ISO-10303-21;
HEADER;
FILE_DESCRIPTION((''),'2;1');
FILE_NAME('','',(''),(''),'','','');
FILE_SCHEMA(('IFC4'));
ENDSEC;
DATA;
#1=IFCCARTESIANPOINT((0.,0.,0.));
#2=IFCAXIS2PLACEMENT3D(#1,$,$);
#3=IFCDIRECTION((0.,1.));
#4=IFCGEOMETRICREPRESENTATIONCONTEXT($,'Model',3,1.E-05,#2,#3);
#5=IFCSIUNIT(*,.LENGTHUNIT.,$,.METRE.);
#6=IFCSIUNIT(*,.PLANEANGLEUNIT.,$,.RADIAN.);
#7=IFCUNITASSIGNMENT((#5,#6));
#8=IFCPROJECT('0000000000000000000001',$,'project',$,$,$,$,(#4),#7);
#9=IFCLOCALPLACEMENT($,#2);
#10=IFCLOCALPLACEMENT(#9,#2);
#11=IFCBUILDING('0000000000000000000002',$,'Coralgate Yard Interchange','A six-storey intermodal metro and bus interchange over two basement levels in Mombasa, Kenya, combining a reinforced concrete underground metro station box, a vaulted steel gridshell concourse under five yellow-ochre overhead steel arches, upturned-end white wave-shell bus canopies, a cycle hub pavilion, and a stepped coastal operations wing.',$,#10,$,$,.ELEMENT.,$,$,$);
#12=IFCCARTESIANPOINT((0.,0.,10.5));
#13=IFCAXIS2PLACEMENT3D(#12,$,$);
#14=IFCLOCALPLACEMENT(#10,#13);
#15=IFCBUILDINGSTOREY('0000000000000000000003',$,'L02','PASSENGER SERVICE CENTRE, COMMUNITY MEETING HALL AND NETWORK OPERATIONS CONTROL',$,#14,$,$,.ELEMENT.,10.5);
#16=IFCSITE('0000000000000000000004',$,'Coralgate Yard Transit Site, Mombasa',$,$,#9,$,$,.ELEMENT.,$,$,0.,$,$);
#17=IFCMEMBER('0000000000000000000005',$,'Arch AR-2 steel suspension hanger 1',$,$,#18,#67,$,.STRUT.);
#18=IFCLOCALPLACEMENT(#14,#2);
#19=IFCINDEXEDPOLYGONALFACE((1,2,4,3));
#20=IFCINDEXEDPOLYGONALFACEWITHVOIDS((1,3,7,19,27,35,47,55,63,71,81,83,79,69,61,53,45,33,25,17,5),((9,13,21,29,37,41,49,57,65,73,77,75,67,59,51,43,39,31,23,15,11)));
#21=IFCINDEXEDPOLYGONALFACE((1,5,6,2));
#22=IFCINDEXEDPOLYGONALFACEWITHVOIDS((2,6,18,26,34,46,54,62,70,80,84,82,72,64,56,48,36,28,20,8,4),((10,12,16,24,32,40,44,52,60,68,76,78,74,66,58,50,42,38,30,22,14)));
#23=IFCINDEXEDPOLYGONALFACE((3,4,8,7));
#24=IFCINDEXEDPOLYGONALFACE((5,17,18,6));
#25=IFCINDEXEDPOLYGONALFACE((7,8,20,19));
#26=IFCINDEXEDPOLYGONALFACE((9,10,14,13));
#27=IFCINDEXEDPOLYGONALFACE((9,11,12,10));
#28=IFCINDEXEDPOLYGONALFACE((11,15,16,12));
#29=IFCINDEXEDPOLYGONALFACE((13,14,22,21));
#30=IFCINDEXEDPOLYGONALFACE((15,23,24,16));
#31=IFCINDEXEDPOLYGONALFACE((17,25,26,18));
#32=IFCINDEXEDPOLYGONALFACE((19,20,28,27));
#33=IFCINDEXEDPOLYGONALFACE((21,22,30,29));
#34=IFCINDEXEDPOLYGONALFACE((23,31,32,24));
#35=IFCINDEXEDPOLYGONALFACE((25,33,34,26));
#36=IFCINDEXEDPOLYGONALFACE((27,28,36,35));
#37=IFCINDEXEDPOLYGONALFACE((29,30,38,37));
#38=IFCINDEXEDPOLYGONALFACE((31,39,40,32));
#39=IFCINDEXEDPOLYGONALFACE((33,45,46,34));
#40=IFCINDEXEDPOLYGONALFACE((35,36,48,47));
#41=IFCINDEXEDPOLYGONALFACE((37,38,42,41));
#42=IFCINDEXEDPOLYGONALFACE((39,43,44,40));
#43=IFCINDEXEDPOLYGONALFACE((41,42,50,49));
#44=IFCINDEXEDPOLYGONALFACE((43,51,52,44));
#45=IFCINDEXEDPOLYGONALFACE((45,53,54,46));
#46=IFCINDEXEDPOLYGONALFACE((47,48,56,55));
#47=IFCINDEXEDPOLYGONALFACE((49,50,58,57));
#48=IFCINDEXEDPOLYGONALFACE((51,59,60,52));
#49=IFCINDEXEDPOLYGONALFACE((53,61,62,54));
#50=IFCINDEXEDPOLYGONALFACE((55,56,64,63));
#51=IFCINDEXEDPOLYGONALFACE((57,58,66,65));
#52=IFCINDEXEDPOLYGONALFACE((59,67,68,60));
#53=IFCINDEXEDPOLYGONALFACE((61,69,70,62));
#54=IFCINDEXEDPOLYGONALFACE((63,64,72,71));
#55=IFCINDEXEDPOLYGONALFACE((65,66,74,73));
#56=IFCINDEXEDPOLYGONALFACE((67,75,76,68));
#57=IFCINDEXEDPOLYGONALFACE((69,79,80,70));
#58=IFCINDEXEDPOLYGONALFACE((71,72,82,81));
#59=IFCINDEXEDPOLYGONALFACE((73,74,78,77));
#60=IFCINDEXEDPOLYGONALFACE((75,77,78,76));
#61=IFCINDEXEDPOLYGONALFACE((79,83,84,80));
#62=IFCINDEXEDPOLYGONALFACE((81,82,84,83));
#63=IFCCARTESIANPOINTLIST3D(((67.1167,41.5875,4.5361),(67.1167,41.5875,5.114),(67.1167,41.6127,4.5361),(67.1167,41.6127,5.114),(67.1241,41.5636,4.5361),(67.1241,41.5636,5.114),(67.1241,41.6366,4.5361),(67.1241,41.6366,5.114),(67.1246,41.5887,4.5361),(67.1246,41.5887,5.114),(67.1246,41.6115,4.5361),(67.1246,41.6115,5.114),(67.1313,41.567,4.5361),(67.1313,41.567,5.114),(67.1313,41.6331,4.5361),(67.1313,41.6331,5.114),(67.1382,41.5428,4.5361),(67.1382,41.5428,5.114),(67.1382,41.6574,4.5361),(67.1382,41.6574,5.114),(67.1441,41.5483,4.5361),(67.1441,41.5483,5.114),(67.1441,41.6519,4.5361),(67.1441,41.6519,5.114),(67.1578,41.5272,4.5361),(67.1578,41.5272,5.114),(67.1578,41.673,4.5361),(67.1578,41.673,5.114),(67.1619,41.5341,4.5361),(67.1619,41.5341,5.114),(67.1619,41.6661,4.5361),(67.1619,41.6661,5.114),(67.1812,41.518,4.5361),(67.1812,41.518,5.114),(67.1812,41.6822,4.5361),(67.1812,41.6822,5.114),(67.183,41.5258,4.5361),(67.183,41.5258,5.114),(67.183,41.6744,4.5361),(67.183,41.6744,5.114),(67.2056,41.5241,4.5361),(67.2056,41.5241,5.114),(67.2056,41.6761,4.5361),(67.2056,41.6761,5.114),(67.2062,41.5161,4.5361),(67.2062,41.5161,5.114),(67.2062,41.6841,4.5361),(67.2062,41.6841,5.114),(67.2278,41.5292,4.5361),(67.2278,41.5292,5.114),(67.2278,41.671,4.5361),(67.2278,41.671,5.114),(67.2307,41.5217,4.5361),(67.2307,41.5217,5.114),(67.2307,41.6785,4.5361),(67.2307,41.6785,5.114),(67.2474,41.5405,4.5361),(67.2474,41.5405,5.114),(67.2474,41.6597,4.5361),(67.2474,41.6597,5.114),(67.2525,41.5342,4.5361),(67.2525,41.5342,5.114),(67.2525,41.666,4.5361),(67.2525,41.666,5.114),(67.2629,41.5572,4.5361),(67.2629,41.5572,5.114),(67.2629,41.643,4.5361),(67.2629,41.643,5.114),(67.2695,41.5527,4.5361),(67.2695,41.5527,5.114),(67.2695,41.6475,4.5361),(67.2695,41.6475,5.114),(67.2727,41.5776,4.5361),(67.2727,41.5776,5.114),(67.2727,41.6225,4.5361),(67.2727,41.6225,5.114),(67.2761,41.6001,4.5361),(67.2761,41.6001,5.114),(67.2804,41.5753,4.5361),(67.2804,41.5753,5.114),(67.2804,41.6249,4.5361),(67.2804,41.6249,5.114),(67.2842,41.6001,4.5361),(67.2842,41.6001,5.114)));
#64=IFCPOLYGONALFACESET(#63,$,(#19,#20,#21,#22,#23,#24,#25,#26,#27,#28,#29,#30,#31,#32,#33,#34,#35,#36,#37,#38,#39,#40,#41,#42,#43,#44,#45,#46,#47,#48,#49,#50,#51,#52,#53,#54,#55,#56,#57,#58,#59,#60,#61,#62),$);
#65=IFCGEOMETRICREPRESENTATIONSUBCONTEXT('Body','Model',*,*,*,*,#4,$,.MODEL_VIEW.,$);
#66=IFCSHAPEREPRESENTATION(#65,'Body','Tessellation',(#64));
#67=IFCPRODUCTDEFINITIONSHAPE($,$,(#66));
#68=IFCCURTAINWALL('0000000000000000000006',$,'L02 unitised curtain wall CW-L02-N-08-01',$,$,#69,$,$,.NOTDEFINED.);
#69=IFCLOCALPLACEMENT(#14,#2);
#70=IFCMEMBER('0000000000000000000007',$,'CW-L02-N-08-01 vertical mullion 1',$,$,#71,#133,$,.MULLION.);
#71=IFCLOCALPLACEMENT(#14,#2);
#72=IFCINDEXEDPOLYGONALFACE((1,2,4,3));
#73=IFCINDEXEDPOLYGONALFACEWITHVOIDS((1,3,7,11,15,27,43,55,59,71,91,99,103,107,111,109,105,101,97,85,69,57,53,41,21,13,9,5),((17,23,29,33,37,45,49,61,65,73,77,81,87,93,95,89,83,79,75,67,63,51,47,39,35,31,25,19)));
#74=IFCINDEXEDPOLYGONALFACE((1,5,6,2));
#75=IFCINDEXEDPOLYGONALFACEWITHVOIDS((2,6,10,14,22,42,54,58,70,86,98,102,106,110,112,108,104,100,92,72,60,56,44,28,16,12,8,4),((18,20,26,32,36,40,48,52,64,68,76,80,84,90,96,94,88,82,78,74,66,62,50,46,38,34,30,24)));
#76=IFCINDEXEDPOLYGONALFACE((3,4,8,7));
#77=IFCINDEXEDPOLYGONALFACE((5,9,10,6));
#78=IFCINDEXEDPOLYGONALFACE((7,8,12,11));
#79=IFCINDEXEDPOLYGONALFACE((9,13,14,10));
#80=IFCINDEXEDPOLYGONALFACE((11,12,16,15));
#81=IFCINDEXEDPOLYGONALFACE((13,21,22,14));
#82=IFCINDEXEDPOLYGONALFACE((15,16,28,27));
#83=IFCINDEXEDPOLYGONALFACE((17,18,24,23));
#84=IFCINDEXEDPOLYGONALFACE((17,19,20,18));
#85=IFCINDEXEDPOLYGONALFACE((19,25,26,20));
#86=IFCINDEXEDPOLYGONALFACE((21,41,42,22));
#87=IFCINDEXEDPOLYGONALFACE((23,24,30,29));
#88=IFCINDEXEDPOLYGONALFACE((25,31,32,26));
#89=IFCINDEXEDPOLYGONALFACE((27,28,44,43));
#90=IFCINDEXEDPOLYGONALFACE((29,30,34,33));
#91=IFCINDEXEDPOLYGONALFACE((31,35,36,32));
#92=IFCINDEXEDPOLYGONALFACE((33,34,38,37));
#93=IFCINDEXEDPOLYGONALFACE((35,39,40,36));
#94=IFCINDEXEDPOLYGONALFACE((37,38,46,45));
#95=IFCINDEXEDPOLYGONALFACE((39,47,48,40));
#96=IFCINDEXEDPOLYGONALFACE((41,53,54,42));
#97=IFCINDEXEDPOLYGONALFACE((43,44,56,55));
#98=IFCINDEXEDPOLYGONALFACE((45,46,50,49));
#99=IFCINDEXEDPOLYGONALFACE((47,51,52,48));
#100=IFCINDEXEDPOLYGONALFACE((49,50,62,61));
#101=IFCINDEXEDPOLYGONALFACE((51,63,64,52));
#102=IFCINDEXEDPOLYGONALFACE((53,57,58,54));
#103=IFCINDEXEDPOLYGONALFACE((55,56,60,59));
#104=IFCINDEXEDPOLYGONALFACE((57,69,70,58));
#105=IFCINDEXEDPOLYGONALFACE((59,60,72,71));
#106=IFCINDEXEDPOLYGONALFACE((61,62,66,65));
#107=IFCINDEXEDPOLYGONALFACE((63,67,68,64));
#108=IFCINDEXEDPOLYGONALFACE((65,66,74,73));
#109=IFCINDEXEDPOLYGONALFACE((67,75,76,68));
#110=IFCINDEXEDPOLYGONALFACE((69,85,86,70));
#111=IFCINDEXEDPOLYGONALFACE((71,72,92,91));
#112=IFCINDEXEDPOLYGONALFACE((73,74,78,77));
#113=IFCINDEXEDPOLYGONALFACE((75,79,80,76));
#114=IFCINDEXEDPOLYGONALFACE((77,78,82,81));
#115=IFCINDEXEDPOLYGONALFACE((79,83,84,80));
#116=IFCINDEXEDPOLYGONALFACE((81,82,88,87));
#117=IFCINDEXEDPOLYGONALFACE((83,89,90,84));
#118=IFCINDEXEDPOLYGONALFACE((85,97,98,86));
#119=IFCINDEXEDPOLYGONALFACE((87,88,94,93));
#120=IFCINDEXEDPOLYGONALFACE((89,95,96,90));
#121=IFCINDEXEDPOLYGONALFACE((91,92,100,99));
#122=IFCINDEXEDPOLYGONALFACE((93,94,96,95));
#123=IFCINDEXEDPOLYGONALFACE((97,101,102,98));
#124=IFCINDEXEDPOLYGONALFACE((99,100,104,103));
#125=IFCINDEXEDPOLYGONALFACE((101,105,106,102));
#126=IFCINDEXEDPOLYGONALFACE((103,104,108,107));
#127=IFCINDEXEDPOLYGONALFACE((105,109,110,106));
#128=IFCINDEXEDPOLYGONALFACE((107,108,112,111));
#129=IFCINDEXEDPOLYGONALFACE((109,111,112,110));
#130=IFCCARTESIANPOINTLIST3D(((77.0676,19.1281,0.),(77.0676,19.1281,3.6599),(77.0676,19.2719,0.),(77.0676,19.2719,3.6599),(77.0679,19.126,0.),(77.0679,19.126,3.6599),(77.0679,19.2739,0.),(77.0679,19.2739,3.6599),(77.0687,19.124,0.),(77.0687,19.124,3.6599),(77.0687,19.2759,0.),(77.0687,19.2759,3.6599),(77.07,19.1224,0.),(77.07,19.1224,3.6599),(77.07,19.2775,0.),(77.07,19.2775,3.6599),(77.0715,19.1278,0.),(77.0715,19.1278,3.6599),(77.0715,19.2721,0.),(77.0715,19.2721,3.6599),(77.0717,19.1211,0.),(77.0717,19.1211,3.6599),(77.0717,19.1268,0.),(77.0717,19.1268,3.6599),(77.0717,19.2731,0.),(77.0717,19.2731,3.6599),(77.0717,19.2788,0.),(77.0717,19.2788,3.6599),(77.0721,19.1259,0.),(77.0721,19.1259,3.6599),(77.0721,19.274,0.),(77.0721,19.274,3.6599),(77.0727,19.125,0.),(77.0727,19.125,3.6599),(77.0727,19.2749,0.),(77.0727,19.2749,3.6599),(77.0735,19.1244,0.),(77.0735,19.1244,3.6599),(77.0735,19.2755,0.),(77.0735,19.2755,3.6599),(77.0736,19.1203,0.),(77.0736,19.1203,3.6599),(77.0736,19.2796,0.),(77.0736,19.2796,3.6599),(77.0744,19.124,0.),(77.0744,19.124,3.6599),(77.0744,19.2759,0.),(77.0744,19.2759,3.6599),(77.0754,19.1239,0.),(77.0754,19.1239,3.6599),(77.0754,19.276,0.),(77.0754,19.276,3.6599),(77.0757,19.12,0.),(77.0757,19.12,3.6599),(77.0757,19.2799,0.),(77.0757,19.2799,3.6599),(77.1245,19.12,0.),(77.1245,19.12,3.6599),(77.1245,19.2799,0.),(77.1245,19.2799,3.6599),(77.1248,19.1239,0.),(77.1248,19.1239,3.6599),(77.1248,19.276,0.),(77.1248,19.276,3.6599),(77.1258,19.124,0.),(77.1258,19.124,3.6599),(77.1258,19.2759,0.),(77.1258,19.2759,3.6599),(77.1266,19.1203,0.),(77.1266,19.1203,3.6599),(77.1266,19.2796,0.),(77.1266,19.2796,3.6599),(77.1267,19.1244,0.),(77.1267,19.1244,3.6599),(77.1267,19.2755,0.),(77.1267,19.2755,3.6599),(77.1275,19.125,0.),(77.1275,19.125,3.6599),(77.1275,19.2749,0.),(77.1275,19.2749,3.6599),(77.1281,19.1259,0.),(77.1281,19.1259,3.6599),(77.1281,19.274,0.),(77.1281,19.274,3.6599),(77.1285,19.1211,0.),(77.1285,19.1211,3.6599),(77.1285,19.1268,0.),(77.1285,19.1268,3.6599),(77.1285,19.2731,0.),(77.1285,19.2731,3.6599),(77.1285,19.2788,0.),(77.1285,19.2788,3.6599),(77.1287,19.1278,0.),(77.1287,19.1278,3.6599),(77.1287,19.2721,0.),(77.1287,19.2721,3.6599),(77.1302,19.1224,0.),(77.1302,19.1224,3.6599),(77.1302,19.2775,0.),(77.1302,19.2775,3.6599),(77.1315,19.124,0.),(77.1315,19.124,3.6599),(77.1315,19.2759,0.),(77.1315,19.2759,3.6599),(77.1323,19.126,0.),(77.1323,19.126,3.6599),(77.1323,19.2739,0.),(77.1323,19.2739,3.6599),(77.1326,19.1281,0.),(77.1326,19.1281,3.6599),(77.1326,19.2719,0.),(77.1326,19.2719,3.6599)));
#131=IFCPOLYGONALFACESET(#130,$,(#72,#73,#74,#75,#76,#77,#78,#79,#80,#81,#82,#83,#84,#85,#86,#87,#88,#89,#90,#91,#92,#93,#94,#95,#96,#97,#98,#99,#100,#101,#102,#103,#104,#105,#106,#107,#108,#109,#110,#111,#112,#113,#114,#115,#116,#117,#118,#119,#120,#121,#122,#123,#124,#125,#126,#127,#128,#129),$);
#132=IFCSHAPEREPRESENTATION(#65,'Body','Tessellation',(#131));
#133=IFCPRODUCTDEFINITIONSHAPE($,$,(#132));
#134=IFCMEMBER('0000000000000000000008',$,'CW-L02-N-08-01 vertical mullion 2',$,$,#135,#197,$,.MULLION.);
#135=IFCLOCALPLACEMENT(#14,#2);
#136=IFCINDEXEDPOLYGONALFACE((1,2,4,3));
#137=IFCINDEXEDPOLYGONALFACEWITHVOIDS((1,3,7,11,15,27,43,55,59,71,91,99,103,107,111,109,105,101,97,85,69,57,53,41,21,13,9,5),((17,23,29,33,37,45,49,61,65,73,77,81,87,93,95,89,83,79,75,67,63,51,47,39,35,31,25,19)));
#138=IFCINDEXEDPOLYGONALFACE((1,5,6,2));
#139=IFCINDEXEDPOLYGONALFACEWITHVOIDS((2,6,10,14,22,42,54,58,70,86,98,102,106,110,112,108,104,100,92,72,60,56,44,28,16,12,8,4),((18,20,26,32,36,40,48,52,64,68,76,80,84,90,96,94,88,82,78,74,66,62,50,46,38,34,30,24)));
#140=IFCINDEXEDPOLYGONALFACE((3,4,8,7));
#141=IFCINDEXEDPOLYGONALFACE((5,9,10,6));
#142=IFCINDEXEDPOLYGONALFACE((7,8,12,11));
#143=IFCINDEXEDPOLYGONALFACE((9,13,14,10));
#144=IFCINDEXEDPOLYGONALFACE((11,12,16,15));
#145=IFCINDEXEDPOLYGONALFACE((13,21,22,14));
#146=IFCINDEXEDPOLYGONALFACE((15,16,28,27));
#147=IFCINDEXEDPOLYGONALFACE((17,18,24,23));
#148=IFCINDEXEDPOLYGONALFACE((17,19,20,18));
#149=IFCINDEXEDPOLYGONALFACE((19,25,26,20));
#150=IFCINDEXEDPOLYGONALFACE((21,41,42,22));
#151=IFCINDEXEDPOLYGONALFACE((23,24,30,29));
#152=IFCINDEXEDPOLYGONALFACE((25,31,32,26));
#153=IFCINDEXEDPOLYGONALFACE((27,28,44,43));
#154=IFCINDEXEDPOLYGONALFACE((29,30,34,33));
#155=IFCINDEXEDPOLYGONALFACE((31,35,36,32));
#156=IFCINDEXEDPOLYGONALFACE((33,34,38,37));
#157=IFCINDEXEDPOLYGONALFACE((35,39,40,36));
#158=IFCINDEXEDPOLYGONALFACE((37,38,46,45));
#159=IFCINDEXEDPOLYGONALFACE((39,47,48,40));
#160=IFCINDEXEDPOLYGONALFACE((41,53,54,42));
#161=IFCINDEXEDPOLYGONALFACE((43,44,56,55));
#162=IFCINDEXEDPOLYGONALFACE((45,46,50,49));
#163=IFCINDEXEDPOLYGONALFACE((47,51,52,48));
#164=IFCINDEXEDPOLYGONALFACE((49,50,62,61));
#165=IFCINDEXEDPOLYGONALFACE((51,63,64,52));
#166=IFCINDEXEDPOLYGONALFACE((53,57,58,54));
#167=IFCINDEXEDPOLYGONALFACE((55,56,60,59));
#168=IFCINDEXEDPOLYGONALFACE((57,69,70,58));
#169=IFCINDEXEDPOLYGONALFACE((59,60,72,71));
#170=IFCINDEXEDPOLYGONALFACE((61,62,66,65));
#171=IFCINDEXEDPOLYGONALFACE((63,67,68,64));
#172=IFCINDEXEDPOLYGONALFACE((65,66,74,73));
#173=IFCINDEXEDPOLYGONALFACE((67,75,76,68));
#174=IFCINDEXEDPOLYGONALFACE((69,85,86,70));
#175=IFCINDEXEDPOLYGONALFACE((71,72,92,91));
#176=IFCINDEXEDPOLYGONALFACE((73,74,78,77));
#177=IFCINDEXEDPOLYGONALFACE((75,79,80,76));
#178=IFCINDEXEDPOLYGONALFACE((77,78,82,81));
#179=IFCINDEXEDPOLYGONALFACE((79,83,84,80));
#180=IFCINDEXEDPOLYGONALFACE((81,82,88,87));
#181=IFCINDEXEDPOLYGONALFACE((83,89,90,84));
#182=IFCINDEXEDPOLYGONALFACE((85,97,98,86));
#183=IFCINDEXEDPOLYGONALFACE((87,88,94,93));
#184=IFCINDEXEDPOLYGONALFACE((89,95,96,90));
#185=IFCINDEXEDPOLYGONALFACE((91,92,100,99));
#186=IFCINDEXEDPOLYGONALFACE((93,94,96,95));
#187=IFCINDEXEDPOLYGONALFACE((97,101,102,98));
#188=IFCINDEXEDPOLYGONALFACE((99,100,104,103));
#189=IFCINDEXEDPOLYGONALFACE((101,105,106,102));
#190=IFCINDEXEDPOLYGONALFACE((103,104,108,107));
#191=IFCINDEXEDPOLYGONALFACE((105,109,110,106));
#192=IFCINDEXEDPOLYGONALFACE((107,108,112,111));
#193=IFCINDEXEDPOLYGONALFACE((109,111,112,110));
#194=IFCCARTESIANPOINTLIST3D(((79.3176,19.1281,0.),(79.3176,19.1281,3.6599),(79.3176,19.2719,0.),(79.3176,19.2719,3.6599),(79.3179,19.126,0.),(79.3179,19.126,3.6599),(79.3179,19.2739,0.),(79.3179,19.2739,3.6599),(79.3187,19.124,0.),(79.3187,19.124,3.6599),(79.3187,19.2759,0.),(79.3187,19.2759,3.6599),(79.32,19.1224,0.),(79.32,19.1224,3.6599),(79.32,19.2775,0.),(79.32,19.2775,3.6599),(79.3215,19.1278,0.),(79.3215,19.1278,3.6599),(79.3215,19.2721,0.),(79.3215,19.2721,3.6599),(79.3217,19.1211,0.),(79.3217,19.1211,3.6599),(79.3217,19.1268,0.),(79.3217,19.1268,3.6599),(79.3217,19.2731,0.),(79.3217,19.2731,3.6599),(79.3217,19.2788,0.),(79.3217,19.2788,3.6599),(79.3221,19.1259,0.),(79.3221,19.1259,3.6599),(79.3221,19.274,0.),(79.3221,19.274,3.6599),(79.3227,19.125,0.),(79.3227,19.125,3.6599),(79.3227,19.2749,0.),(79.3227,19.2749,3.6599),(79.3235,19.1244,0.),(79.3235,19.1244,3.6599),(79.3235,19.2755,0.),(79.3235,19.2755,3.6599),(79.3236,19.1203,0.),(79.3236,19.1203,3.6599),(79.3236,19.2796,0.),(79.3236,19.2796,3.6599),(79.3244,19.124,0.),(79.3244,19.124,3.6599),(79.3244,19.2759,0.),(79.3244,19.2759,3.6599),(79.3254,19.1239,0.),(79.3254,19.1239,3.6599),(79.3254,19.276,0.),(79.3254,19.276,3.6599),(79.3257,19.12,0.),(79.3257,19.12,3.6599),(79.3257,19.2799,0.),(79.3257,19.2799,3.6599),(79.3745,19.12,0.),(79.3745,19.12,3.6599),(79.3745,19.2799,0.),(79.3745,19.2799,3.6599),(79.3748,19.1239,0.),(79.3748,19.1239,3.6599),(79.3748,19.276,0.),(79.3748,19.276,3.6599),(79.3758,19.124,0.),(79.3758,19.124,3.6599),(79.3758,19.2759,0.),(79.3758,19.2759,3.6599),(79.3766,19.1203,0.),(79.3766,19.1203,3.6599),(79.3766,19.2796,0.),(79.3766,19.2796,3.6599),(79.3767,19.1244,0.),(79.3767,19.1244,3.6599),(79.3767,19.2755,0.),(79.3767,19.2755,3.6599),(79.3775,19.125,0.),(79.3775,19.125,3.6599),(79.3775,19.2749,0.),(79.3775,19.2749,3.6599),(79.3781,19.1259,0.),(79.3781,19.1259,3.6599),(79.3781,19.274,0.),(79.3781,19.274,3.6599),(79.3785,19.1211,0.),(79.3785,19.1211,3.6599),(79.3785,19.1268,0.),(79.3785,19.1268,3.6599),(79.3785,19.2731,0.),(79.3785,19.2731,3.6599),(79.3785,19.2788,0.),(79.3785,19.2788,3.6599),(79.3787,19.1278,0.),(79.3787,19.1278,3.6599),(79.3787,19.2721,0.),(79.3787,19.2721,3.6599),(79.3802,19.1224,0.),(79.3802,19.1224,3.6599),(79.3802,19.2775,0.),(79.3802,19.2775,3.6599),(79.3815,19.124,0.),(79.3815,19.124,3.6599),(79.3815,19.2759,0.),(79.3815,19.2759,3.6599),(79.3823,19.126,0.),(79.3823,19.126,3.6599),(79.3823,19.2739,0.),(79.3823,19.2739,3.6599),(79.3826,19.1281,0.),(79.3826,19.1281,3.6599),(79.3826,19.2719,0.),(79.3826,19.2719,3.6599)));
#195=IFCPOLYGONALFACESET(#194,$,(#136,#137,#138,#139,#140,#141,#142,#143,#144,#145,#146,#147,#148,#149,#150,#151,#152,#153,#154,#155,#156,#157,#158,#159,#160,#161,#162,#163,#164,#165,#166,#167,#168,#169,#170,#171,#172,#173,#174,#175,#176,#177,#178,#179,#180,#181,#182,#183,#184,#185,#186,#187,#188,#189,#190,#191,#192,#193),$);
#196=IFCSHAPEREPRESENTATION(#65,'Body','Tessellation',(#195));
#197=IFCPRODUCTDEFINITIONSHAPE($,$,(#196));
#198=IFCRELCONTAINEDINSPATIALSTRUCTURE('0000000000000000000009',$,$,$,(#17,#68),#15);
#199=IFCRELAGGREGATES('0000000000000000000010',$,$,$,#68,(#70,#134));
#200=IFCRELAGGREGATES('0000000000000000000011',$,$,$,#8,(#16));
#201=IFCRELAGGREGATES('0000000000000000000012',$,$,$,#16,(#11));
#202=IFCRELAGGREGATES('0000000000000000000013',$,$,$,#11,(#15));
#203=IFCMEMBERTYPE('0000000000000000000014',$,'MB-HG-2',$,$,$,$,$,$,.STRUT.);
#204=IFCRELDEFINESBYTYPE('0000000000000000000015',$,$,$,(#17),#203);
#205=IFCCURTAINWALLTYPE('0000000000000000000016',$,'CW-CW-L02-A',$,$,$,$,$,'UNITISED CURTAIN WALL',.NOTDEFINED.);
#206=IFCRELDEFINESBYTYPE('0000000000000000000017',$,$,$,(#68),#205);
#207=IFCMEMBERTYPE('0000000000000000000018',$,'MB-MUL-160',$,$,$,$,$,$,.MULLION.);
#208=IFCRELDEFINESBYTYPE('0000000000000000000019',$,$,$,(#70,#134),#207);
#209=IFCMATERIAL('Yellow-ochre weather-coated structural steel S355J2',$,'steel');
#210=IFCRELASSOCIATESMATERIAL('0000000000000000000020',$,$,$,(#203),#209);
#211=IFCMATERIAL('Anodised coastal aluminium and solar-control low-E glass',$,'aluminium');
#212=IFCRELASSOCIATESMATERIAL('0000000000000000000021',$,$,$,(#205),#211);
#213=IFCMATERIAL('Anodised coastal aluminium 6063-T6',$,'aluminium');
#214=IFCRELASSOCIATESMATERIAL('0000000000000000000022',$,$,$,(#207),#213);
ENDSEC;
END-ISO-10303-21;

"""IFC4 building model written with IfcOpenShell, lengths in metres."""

from ifc_helpers import new_model, si_unit, direction, frame, origin, origin_2d, place, context, subcontext, project, spatial, hollow_rectangle, hollow_circle, extrude, material, material_profile, profile_set, type_object, element, aggregate, save


model = new_model("IFC4")

# Units and contexts
model_context = context("Model", 3, precision=1e-05, world=origin(), true_north=direction((0.0, 1.0)))
body_context = subcontext(model_context, "Body", "Model", "MODEL_VIEW")
ifc_project = project(units=[si_unit("LENGTHUNIT", "METRE"), si_unit("PLANEANGLEUNIT", "RADIAN")], contexts=[model_context])

# Site, building, storey
site_placement = place(None, origin())
site = spatial("IfcSite", under=ifc_project, at=site_placement, Name="Coralgate Yard Transit Site, Mombasa", CompositionType="ELEMENT", RefElevation=0.0)
building_placement = place(site_placement, origin())
building = spatial("IfcBuilding", under=site, at=building_placement, Name="Coralgate Yard Interchange", Description="A six-storey intermodal metro and bus interchange over two basement levels in Mombasa, Kenya, combining a reinforced concrete underground metro station box, a vaulted steel gridshell concourse under five yellow-ochre overhead steel arches, upturned-end white wave-shell bus canopies, a cycle hub pavilion, and a stepped coastal operations wing.", CompositionType="ELEMENT")
storey_placement = place(building_placement, frame((0.0, 0.0, 10.5)))
storey = spatial("IfcBuildingStorey", under=building, at=storey_placement, Name="L02", Description="PASSENGER SERVICE CENTRE, COMMUNITY MEETING HALL AND NETWORK OPERATIONS CONTROL", CompositionType="ELEMENT", Elevation=10.5)

# Shared definitions
ifc_material_1 = material(Name="Yellow-ochre weather-coated structural steel S355J2", Category="steel")

# Member
ifc_material_profile_1 = material_profile(ifc_material_1, hollow_circle(Radius=0.0842, WallThickness=0.0081, at=origin_2d()), Name="CHS 168.3x8")
ifc_profile_set_1 = profile_set([ifc_material_profile_1], Name="Yellow-ochre weather-coated structural steel S355J2")
member_type_1 = type_object("IfcMemberType", Name="MB-HG-2", PredefinedType="STRUT", material=ifc_profile_set_1)
member_1_placement = place(storey_placement, frame((67.2, 41.6001, 4.5361), z_axis=(0.0, 0.0, 1.0), x_axis=(1.0, 0.0, 0.0)))
element("IfcMember", 1, at=member_1_placement, inside=storey, type_object=member_type_1, Name="Arch AR-2 steel suspension hanger 1", PredefinedType="STRUT", context=body_context, shape_type="SweptSolid", body=[
    extrude(hollow_circle(Radius=0.0842, WallThickness=0.0081, at=origin_2d()), origin(), (0.0, 0.0, 1.0), 0.5779),
])

# Curtain wall, members
ifc_material_2 = material(Name="Anodised coastal aluminium and solar-control low-E glass", Category="aluminium")
curtain_wall_type = type_object("IfcCurtainWallType", Name="CW-CW-L02-A", ElementType="UNITISED CURTAIN WALL", PredefinedType="NOTDEFINED", material=ifc_material_2)
curtain_wall_placement = place(storey_placement, origin())
curtain_wall = element("IfcCurtainWall", 2, at=curtain_wall_placement, inside=storey, type_object=curtain_wall_type, Name="L02 unitised curtain wall CW-L02-N-08-01", PredefinedType="NOTDEFINED")
ifc_material_3 = material(Name="Anodised coastal aluminium 6063-T6", Category="aluminium")
ifc_material_profile_2 = material_profile(ifc_material_3, hollow_rectangle(XDim=0.0649, YDim=0.1599, WallThickness=0.0039, InnerFilletRadius=0.0039, OuterFilletRadius=0.0081, at=origin_2d()), Name="ALU 65x160x4")
ifc_profile_set_2 = profile_set([ifc_material_profile_2], Name="Anodised coastal aluminium 6063-T6")
member_type_2 = type_object("IfcMemberType", Name="MB-MUL-160", PredefinedType="MULLION", material=ifc_profile_set_2)
member_2_placement = place(storey_placement, frame((77.1001, 19.2, 0.0), z_axis=(0.0, 0.0, 1.0), x_axis=(1.0, 0.0, 0.0)))
member_2 = element("IfcMember", 3, at=member_2_placement, type_object=member_type_2, Name="CW-L02-N-08-01 vertical mullion 1", PredefinedType="MULLION", context=body_context, shape_type="SweptSolid", body=[
    extrude(hollow_rectangle(XDim=0.0649, YDim=0.1599, WallThickness=0.0039, InnerFilletRadius=0.0039, OuterFilletRadius=0.0081, at=origin_2d()), origin(), (0.0, 0.0, 1.0), 3.6599),
])
member_3_placement = place(storey_placement, frame((79.3501, 19.2, 0.0), z_axis=(0.0, 0.0, 1.0), x_axis=(1.0, 0.0, 0.0)))
member_3 = element("IfcMember", 4, at=member_3_placement, type_object=member_type_2, Name="CW-L02-N-08-01 vertical mullion 2", PredefinedType="MULLION", context=body_context, shape_type="SweptSolid", body=[
    extrude(hollow_rectangle(XDim=0.0649, YDim=0.1599, WallThickness=0.0039, InnerFilletRadius=0.0039, OuterFilletRadius=0.0081, at=origin_2d()), origin(), (0.0, 0.0, 1.0), 3.6599),
])

aggregate(curtain_wall, [member_2, member_3])

save(model, "model.ifc")
